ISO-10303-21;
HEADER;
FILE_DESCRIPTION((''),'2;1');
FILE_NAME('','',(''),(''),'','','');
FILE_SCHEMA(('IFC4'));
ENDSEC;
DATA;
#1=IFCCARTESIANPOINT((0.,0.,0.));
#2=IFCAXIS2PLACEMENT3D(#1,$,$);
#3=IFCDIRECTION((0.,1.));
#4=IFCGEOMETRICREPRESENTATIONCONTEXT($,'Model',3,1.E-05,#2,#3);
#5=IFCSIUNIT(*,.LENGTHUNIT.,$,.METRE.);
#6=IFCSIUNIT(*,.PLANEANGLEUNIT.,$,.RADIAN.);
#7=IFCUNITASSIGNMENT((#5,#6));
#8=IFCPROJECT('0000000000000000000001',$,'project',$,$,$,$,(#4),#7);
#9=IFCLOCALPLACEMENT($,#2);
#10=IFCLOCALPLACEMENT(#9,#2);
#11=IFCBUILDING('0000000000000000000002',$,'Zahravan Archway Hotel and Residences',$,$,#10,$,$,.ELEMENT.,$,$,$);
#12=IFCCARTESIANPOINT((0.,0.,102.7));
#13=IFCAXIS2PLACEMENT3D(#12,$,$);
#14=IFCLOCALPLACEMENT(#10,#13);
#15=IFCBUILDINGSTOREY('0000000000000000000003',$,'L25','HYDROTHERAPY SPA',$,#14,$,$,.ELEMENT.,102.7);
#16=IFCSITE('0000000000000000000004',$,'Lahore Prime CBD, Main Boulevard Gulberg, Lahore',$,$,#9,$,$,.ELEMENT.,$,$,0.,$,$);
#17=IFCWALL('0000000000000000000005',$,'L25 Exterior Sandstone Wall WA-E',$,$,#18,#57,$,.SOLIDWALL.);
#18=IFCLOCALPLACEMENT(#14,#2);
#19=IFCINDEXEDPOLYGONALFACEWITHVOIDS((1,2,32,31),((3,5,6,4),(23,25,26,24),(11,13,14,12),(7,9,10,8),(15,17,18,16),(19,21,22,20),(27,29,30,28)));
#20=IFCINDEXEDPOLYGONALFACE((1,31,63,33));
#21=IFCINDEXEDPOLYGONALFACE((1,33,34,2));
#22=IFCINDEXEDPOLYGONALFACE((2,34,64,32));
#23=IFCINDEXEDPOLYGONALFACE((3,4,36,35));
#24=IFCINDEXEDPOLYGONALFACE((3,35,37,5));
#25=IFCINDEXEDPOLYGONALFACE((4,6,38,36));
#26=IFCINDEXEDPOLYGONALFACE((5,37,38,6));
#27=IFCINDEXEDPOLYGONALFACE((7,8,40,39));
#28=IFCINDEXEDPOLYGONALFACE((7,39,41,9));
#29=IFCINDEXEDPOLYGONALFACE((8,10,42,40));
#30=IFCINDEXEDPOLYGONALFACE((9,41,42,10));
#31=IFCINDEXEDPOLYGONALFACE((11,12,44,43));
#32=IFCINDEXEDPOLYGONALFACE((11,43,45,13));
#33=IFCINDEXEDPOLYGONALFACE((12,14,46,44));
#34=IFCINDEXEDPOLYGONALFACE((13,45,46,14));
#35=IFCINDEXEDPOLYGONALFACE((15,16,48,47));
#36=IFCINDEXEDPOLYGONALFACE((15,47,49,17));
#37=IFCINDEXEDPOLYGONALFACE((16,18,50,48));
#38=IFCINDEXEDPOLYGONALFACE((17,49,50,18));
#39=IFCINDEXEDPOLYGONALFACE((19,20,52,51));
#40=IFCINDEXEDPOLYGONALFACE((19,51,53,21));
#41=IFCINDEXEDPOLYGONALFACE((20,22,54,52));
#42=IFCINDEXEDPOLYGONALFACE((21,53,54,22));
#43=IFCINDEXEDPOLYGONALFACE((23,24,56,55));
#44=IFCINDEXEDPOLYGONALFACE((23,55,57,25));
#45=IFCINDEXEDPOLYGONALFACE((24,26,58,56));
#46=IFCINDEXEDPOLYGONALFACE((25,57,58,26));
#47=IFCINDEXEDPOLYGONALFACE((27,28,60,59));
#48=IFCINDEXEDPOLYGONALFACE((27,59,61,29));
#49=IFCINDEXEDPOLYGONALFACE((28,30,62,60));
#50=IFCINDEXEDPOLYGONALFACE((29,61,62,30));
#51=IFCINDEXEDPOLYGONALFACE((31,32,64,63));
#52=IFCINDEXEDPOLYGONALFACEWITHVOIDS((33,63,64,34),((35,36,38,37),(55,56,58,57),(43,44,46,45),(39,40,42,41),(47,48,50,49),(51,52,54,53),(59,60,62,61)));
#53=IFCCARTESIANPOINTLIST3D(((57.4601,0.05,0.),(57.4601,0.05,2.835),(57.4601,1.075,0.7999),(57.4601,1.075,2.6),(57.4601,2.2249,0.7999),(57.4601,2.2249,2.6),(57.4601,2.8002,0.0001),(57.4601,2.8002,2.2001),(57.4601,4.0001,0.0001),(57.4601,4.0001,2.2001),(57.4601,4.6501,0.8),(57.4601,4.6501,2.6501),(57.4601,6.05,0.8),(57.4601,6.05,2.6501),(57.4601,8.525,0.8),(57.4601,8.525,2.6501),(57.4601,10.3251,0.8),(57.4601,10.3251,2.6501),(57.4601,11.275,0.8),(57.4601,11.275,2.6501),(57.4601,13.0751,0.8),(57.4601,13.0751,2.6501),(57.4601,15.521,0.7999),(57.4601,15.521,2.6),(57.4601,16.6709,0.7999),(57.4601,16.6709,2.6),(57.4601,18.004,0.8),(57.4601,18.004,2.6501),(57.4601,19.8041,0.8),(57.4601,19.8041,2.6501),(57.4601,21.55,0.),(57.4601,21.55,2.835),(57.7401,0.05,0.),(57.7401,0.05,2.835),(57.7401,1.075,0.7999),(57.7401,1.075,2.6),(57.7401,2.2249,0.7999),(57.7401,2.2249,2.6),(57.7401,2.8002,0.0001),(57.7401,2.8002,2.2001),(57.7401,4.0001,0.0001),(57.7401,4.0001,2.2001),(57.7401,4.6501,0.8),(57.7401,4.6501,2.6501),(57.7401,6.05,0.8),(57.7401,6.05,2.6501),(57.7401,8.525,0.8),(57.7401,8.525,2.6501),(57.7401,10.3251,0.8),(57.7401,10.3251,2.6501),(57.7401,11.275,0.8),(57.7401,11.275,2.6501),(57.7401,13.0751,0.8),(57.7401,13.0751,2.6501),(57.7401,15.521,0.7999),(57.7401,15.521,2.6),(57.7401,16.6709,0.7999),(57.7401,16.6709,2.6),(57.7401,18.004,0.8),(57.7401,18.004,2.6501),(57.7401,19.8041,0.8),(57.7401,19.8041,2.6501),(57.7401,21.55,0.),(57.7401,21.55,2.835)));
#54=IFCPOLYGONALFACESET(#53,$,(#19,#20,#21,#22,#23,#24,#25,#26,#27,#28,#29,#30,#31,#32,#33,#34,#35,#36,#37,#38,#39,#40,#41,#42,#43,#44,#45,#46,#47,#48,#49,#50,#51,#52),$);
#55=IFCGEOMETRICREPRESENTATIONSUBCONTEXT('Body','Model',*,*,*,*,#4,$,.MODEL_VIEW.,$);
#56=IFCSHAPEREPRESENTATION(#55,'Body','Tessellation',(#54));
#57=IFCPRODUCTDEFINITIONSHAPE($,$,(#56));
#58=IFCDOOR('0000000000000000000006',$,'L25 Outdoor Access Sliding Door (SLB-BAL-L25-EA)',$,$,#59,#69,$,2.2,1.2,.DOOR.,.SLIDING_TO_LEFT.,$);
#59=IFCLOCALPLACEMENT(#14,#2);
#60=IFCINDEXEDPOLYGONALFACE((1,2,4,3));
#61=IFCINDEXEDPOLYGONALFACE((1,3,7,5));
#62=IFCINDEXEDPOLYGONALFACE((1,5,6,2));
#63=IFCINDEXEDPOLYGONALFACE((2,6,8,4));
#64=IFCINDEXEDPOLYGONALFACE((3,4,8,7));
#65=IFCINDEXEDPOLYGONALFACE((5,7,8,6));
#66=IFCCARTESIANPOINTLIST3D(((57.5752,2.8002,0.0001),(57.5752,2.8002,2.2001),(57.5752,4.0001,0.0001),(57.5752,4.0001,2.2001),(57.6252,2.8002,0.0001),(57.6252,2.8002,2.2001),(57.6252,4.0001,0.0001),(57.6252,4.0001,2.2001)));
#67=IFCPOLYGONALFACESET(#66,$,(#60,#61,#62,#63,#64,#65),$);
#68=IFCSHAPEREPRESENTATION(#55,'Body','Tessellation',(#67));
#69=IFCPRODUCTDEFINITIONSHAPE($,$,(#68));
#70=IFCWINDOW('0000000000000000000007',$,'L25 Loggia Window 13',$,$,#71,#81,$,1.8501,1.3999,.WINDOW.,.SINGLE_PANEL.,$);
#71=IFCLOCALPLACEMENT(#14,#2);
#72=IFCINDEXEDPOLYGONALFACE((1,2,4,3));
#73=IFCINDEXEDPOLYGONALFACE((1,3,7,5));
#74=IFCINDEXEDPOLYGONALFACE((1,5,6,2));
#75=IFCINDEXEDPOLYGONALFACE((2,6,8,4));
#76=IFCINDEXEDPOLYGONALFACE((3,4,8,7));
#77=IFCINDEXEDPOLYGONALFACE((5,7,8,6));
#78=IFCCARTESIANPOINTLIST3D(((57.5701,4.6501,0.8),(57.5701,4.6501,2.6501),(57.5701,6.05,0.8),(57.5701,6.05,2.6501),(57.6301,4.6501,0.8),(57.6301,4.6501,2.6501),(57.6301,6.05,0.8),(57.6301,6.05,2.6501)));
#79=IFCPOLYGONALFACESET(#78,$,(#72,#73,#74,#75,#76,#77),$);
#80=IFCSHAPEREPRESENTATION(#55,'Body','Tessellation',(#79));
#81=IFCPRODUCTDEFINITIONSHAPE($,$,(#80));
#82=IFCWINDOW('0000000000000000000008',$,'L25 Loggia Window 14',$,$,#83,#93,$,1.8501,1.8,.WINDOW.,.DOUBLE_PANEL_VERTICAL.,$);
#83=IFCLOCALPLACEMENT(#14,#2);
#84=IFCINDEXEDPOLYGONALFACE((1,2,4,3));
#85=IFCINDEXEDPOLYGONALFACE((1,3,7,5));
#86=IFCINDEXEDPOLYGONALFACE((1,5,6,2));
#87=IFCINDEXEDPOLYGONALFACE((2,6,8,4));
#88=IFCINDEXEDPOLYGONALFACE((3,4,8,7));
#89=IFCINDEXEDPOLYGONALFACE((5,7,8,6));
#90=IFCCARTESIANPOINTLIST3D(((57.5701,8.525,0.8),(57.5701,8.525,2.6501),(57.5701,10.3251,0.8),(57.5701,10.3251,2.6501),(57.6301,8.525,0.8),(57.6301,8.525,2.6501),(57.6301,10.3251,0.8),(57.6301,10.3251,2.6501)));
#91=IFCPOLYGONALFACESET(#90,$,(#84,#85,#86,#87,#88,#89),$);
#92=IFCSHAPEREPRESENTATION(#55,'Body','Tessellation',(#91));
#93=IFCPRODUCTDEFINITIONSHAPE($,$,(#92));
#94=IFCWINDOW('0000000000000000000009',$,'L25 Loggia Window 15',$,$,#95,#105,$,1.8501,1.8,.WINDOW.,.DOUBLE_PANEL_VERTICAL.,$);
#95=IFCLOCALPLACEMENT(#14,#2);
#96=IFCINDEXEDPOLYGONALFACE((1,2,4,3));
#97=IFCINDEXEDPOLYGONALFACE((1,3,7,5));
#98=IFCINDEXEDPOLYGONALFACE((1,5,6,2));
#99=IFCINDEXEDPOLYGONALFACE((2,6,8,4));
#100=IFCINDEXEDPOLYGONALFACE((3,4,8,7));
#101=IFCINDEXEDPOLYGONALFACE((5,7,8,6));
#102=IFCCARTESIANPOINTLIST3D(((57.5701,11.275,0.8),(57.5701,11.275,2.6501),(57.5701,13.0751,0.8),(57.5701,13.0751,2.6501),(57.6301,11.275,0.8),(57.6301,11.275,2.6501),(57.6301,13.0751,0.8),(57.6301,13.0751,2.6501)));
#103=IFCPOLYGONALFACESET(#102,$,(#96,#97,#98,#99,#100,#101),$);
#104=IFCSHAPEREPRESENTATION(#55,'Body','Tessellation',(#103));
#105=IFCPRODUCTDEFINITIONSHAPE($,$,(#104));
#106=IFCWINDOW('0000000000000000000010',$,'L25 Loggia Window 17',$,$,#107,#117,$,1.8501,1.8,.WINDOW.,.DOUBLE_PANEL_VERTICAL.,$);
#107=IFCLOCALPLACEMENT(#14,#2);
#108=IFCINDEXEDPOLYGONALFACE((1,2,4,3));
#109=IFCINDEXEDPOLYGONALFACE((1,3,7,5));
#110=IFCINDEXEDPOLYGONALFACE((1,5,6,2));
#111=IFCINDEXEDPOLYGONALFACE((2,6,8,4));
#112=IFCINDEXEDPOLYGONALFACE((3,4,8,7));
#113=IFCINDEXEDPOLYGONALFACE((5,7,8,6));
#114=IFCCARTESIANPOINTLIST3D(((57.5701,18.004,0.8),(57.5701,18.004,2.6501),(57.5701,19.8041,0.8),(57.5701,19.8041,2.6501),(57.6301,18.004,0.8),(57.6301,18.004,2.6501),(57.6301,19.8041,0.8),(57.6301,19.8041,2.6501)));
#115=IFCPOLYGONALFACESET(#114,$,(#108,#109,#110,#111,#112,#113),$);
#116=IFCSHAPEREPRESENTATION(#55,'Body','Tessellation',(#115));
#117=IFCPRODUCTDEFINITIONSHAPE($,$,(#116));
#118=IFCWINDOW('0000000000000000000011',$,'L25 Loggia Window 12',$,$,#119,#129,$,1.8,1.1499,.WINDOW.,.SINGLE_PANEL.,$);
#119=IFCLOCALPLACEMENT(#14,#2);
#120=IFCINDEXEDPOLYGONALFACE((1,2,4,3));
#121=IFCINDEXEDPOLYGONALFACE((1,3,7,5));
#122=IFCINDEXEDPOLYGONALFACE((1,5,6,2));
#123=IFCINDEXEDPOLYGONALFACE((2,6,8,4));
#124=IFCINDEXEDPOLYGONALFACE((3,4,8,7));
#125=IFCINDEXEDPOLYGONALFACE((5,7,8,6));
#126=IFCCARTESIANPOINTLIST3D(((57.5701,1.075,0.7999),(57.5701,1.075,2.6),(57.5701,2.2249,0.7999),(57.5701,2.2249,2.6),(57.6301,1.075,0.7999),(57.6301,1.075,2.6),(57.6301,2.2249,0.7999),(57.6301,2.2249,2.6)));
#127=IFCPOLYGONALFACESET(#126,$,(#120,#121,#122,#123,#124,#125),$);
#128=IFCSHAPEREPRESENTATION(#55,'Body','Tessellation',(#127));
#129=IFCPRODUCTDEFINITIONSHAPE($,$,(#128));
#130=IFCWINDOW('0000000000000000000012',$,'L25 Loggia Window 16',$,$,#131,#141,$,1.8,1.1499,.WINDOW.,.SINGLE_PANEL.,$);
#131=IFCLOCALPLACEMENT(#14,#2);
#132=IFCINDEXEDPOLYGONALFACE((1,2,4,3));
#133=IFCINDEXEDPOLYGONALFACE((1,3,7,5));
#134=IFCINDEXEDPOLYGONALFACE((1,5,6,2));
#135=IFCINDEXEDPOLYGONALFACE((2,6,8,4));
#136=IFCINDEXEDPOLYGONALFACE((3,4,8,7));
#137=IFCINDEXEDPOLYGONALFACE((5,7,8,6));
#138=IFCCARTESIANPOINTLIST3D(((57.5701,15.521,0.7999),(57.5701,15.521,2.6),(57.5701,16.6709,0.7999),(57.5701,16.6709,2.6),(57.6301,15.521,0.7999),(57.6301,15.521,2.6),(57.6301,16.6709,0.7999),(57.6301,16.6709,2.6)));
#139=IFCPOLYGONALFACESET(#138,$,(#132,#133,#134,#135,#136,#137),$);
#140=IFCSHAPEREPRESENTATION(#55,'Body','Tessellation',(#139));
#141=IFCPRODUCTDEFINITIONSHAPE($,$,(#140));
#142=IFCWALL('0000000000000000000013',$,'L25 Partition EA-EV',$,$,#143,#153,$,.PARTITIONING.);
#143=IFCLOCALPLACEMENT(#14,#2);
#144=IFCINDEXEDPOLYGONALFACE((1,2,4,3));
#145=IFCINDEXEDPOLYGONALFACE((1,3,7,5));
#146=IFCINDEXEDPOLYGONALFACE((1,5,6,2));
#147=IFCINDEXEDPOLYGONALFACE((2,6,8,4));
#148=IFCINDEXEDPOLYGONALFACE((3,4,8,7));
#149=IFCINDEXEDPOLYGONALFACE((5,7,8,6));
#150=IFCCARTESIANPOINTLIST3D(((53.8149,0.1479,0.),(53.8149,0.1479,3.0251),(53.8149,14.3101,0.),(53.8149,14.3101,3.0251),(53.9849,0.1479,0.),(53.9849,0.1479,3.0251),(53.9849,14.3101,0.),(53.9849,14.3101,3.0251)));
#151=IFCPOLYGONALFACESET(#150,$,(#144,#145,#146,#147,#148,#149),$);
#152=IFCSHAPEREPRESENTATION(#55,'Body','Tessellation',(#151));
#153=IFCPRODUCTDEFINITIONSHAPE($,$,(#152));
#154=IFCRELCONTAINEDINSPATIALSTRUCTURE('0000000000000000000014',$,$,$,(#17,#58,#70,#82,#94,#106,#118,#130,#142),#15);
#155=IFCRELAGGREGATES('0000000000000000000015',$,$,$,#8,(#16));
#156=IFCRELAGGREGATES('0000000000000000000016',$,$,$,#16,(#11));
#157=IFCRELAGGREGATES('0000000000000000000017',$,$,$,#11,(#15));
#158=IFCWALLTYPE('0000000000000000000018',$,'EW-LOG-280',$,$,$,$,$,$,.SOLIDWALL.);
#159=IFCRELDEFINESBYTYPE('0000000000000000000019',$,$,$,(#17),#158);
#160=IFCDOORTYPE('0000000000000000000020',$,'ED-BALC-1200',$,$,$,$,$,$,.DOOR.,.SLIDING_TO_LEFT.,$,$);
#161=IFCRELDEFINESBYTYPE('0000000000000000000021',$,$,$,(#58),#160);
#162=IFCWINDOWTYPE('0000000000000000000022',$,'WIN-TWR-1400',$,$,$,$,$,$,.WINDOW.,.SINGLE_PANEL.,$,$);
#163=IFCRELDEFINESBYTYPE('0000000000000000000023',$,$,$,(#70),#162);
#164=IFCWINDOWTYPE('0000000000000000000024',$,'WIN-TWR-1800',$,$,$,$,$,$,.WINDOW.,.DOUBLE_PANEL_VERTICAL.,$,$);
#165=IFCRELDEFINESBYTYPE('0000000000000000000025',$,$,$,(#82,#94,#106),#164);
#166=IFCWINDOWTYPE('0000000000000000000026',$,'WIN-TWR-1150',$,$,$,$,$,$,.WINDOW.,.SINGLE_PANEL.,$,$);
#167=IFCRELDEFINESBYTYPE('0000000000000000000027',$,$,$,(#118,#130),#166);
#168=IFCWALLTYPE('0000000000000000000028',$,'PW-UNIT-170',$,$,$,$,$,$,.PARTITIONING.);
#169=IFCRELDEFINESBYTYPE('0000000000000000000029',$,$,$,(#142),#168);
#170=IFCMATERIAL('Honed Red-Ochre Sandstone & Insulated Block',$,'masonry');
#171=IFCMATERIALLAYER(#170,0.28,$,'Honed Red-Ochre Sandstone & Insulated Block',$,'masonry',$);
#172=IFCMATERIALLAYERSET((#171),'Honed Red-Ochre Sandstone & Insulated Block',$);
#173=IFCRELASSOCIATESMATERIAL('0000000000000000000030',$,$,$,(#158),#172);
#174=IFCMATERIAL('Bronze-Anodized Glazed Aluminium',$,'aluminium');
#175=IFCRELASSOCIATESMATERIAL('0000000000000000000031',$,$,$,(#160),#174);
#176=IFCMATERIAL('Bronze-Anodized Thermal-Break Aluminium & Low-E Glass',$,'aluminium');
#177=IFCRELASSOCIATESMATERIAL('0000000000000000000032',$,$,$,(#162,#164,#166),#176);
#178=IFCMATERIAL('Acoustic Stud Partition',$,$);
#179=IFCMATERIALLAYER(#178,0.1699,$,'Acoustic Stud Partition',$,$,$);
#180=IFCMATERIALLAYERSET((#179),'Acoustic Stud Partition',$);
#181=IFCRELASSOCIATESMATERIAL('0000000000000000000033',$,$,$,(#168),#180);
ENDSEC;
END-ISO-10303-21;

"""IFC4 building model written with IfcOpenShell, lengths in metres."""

from ifc_helpers import new_model, si_unit, direction, frame, frame_2d, origin, place, context, subcontext, project, spatial, rectangle, extrude, source, transform, mapped, material, layer, layer_set, type_object, type_shapes, element, fill, save


model = new_model("IFC4")

# Units and contexts
model_context = context("Model", 3, precision=1e-05, world=origin(), true_north=direction((0.0, 1.0)))
body_context = subcontext(model_context, "Body", "Model", "MODEL_VIEW")
ifc_project = project(units=[si_unit("LENGTHUNIT", "METRE"), si_unit("PLANEANGLEUNIT", "RADIAN")], contexts=[model_context])

# Site, building, storey
site_placement = place(None, origin())
site = spatial("IfcSite", under=ifc_project, at=site_placement, Name="Lahore Prime CBD, Main Boulevard Gulberg, Lahore", CompositionType="ELEMENT", RefElevation=0.0)
building_placement = place(site_placement, origin())
building = spatial("IfcBuilding", under=site, at=building_placement, Name="Zahravan Archway Hotel and Residences", CompositionType="ELEMENT")
storey_placement = place(building_placement, frame((0.0, 0.0, 102.7)))
storey = spatial("IfcBuildingStorey", under=building, at=storey_placement, Name="L25", Description="HYDROTHERAPY SPA", CompositionType="ELEMENT", Elevation=102.7)

# Wall, openings, door, windows
ifc_material_1 = material(Name="Honed Red-Ochre Sandstone & Insulated Block", Category="masonry")
ifc_layer_1 = layer(ifc_material_1, 0.28, Name="Honed Red-Ochre Sandstone & Insulated Block", Category="masonry")
ifc_layer_set_1 = layer_set([ifc_layer_1], Name="Honed Red-Ochre Sandstone & Insulated Block")
wall_type_1 = type_object("IfcWallType", Name="EW-LOG-280", PredefinedType="SOLIDWALL", material=ifc_layer_set_1)
wall_1_placement = place(storey_placement, frame((57.6001, 0.05, 0.0), z_axis=(0.0, 0.0, 1.0), x_axis=(0.0, 1.0, 0.0)))
wall_1 = element("IfcWall", 1, at=wall_1_placement, inside=storey, type_object=wall_type_1, Name="L25 Exterior Sandstone Wall WA-E", PredefinedType="SOLIDWALL", context=body_context, shape_type="SweptSolid", body=[
    extrude(rectangle(XDim=21.5, YDim=0.28, at=frame_2d((10.75, 0.0))), origin(), (0.0, 0.0, 1.0), 2.835),
])
opening_1_placement = place(wall_1_placement, frame((2.75, 0.0, 0.0)))
opening_1 = element("IfcOpeningElement", 2, at=opening_1_placement, cuts=wall_1, PredefinedType="OPENING", context=body_context, shape_type="SweptSolid", body=[
    extrude(rectangle(XDim=1.2, YDim=2.2, at=frame_2d((0.6001, 1.1001))), frame((0.0, 0.1499, 0.0), z_axis=(0.0, -1.0, 0.0), x_axis=(1.0, 0.0, 0.0)), (0.0, 0.0, 1.0), 0.3),
])
opening_2_placement = place(wall_1_placement, frame((1.0249, 0.0, 0.8)))
opening_2 = element("IfcOpeningElement", 3, at=opening_2_placement, cuts=wall_1, PredefinedType="OPENING", context=body_context, shape_type="SweptSolid", body=[
    extrude(rectangle(XDim=1.1499, YDim=1.8, at=frame_2d((0.575, 0.8999))), frame((0.0, 0.1499, 0.0), z_axis=(0.0, -1.0, 0.0), x_axis=(1.0, 0.0, 0.0)), (0.0, 0.0, 1.0), 0.3),
])
opening_3_placement = place(wall_1_placement, frame((4.6001, 0.0, 0.8)))
opening_3 = element("IfcOpeningElement", 4, at=opening_3_placement, cuts=wall_1, PredefinedType="OPENING", context=body_context, shape_type="SweptSolid", body=[
    extrude(rectangle(XDim=1.3999, YDim=1.8501, at=frame_2d((0.7, 0.925))), frame((0.0, 0.1499, 0.0), z_axis=(0.0, -1.0, 0.0), x_axis=(1.0, 0.0, 0.0)), (0.0, 0.0, 1.0), 0.3),
])
opening_4_placement = place(wall_1_placement, frame((8.4751, 0.0, 0.8)))
opening_4 = element("IfcOpeningElement", 5, at=opening_4_placement, cuts=wall_1, PredefinedType="OPENING", context=body_context, shape_type="SweptSolid", body=[
    extrude(rectangle(XDim=1.8, YDim=1.8501, at=frame_2d((0.8999, 0.925))), frame((0.0, 0.1499, 0.0), z_axis=(0.0, -1.0, 0.0), x_axis=(1.0, 0.0, 0.0)), (0.0, 0.0, 1.0), 0.3),
])
opening_5_placement = place(wall_1_placement, frame((11.2251, 0.0, 0.8)))
opening_5 = element("IfcOpeningElement", 6, at=opening_5_placement, cuts=wall_1, PredefinedType="OPENING", context=body_context, shape_type="SweptSolid", body=[
    extrude(rectangle(XDim=1.8, YDim=1.8501, at=frame_2d((0.8999, 0.925))), frame((0.0, 0.1499, 0.0), z_axis=(0.0, -1.0, 0.0), x_axis=(1.0, 0.0, 0.0)), (0.0, 0.0, 1.0), 0.3),
])
opening_6_placement = place(wall_1_placement, frame((15.4709, 0.0, 0.8)))
opening_6 = element("IfcOpeningElement", 7, at=opening_6_placement, cuts=wall_1, PredefinedType="OPENING", context=body_context, shape_type="SweptSolid", body=[
    extrude(rectangle(XDim=1.1499, YDim=1.8, at=frame_2d((0.575, 0.8999))), frame((0.0, 0.1499, 0.0), z_axis=(0.0, -1.0, 0.0), x_axis=(1.0, 0.0, 0.0)), (0.0, 0.0, 1.0), 0.3),
])
opening_7_placement = place(wall_1_placement, frame((17.9541, 0.0, 0.8)))
opening_7 = element("IfcOpeningElement", 8, at=opening_7_placement, cuts=wall_1, PredefinedType="OPENING", context=body_context, shape_type="SweptSolid", body=[
    extrude(rectangle(XDim=1.8, YDim=1.8501, at=frame_2d((0.8999, 0.925))), frame((0.0, 0.1499, 0.0), z_axis=(0.0, -1.0, 0.0), x_axis=(1.0, 0.0, 0.0)), (0.0, 0.0, 1.0), 0.3),
])
ifc_material_2 = material(Name="Bronze-Anodized Glazed Aluminium", Category="aluminium")
door_type = type_object("IfcDoorType", Name="ED-BALC-1200", OperationType="SLIDING_TO_LEFT", PredefinedType="DOOR", material=ifc_material_2)
shared_shape_1 = source(origin(), body_context, "Body", "SweptSolid", [
    extrude(rectangle(XDim=1.2, YDim=2.2, at=frame_2d((0.6001, 1.1001))), frame((0.0, 0.0249, 0.0), z_axis=(0.0, -1.0, 0.0), x_axis=(1.0, 0.0, 0.0)), (0.0, 0.0, 1.0), 0.05),
])
type_shapes(door_type, [shared_shape_1])
door_placement = place(opening_1_placement, origin())
door = element("IfcDoor", 9, at=door_placement, inside=storey, type_object=door_type, Name="L25 Outdoor Access Sliding Door (SLB-BAL-L25-EA)", OperationType="SLIDING_TO_LEFT", OverallHeight=2.2, OverallWidth=1.2, PredefinedType="DOOR", context=body_context, shape_type="MappedRepresentation", body=[
    mapped(shared_shape_1, transform((0.0, 0.0, 0.0), scale=1.0)),
])
fill(opening_1, door)
ifc_material_3 = material(Name="Bronze-Anodized Thermal-Break Aluminium & Low-E Glass", Category="aluminium")
window_type_1 = type_object("IfcWindowType", Name="WIN-TWR-1400", PartitioningType="SINGLE_PANEL", PredefinedType="WINDOW", material=ifc_material_3)
shared_shape_2 = source(origin(), body_context, "Body", "SweptSolid", [
    extrude(rectangle(XDim=1.3999, YDim=1.8501, at=frame_2d((0.7, 0.925))), frame((0.0, 0.03, 0.0), z_axis=(0.0, -1.0, 0.0), x_axis=(1.0, 0.0, 0.0)), (0.0, 0.0, 1.0), 0.0601),
])
type_shapes(window_type_1, [shared_shape_2])
window_1_placement = place(opening_3_placement, origin())
window_1 = element("IfcWindow", 10, at=window_1_placement, inside=storey, type_object=window_type_1, Name="L25 Loggia Window 13", OverallHeight=1.8501, OverallWidth=1.3999, PartitioningType="SINGLE_PANEL", PredefinedType="WINDOW", context=body_context, shape_type="MappedRepresentation", body=[
    mapped(shared_shape_2, transform((0.0, 0.0, 0.0), scale=1.0)),
])
fill(opening_3, window_1)
window_type_2 = type_object("IfcWindowType", Name="WIN-TWR-1800", PartitioningType="DOUBLE_PANEL_VERTICAL", PredefinedType="WINDOW", material=ifc_material_3)
shared_shape_3 = source(origin(), body_context, "Body", "SweptSolid", [
    extrude(rectangle(XDim=1.8, YDim=1.8501, at=frame_2d((0.8999, 0.925))), frame((0.0, 0.03, 0.0), z_axis=(0.0, -1.0, 0.0), x_axis=(1.0, 0.0, 0.0)), (0.0, 0.0, 1.0), 0.0601),
])
type_shapes(window_type_2, [shared_shape_3])
window_2_placement = place(opening_4_placement, origin())
window_2 = element("IfcWindow", 11, at=window_2_placement, inside=storey, type_object=window_type_2, Name="L25 Loggia Window 14", OverallHeight=1.8501, OverallWidth=1.8, PartitioningType="DOUBLE_PANEL_VERTICAL", PredefinedType="WINDOW", context=body_context, shape_type="MappedRepresentation", body=[
    mapped(shared_shape_3, transform((0.0, 0.0, 0.0), scale=1.0)),
])
fill(opening_4, window_2)
window_3_placement = place(opening_5_placement, origin())
window_3 = element("IfcWindow", 12, at=window_3_placement, inside=storey, type_object=window_type_2, Name="L25 Loggia Window 15", OverallHeight=1.8501, OverallWidth=1.8, PartitioningType="DOUBLE_PANEL_VERTICAL", PredefinedType="WINDOW", context=body_context, shape_type="MappedRepresentation", body=[
    mapped(shared_shape_3, transform((0.0, 0.0, 0.0), scale=1.0)),
])
fill(opening_5, window_3)
window_4_placement = place(opening_7_placement, origin())
window_4 = element("IfcWindow", 13, at=window_4_placement, inside=storey, type_object=window_type_2, Name="L25 Loggia Window 17", OverallHeight=1.8501, OverallWidth=1.8, PartitioningType="DOUBLE_PANEL_VERTICAL", PredefinedType="WINDOW", context=body_context, shape_type="MappedRepresentation", body=[
    mapped(shared_shape_3, transform((0.0, 0.0, 0.0), scale=1.0)),
])
fill(opening_7, window_4)
window_type_3 = type_object("IfcWindowType", Name="WIN-TWR-1150", PartitioningType="SINGLE_PANEL", PredefinedType="WINDOW", material=ifc_material_3)
shared_shape_4 = source(origin(), body_context, "Body", "SweptSolid", [
    extrude(rectangle(XDim=1.1499, YDim=1.8, at=frame_2d((0.575, 0.8999))), frame((0.0, 0.03, 0.0), z_axis=(0.0, -1.0, 0.0), x_axis=(1.0, 0.0, 0.0)), (0.0, 0.0, 1.0), 0.0601),
])
type_shapes(window_type_3, [shared_shape_4])
window_5_placement = place(opening_2_placement, origin())
window_5 = element("IfcWindow", 14, at=window_5_placement, inside=storey, type_object=window_type_3, Name="L25 Loggia Window 12", OverallHeight=1.8, OverallWidth=1.1499, PartitioningType="SINGLE_PANEL", PredefinedType="WINDOW", context=body_context, shape_type="MappedRepresentation", body=[
    mapped(shared_shape_4, transform((0.0, 0.0, 0.0), scale=1.0)),
])
fill(opening_2, window_5)
window_6_placement = place(opening_6_placement, origin())
window_6 = element("IfcWindow", 15, at=window_6_placement, inside=storey, type_object=window_type_3, Name="L25 Loggia Window 16", OverallHeight=1.8, OverallWidth=1.1499, PartitioningType="SINGLE_PANEL", PredefinedType="WINDOW", context=body_context, shape_type="MappedRepresentation", body=[
    mapped(shared_shape_4, transform((0.0, 0.0, 0.0), scale=1.0)),
])
fill(opening_6, window_6)

# Wall
ifc_material_4 = material(Name="Acoustic Stud Partition")
ifc_layer_2 = layer(ifc_material_4, 0.1699, Name="Acoustic Stud Partition")
ifc_layer_set_2 = layer_set([ifc_layer_2], Name="Acoustic Stud Partition")
wall_type_2 = type_object("IfcWallType", Name="PW-UNIT-170", PredefinedType="PARTITIONING", material=ifc_layer_set_2)
wall_2_placement = place(storey_placement, frame((53.8999, 0.1479, 0.0), z_axis=(0.0, 0.0, 1.0), x_axis=(0.0, 1.0, 0.0)))
element("IfcWall", 16, at=wall_2_placement, inside=storey, type_object=wall_type_2, Name="L25 Partition EA-EV", PredefinedType="PARTITIONING", context=body_context, shape_type="SweptSolid", body=[
    extrude(rectangle(XDim=14.1621, YDim=0.1699, at=frame_2d((7.0811, 0.0))), origin(), (0.0, 0.0, 1.0), 3.0251),
])

save(model, "model.ifc")
